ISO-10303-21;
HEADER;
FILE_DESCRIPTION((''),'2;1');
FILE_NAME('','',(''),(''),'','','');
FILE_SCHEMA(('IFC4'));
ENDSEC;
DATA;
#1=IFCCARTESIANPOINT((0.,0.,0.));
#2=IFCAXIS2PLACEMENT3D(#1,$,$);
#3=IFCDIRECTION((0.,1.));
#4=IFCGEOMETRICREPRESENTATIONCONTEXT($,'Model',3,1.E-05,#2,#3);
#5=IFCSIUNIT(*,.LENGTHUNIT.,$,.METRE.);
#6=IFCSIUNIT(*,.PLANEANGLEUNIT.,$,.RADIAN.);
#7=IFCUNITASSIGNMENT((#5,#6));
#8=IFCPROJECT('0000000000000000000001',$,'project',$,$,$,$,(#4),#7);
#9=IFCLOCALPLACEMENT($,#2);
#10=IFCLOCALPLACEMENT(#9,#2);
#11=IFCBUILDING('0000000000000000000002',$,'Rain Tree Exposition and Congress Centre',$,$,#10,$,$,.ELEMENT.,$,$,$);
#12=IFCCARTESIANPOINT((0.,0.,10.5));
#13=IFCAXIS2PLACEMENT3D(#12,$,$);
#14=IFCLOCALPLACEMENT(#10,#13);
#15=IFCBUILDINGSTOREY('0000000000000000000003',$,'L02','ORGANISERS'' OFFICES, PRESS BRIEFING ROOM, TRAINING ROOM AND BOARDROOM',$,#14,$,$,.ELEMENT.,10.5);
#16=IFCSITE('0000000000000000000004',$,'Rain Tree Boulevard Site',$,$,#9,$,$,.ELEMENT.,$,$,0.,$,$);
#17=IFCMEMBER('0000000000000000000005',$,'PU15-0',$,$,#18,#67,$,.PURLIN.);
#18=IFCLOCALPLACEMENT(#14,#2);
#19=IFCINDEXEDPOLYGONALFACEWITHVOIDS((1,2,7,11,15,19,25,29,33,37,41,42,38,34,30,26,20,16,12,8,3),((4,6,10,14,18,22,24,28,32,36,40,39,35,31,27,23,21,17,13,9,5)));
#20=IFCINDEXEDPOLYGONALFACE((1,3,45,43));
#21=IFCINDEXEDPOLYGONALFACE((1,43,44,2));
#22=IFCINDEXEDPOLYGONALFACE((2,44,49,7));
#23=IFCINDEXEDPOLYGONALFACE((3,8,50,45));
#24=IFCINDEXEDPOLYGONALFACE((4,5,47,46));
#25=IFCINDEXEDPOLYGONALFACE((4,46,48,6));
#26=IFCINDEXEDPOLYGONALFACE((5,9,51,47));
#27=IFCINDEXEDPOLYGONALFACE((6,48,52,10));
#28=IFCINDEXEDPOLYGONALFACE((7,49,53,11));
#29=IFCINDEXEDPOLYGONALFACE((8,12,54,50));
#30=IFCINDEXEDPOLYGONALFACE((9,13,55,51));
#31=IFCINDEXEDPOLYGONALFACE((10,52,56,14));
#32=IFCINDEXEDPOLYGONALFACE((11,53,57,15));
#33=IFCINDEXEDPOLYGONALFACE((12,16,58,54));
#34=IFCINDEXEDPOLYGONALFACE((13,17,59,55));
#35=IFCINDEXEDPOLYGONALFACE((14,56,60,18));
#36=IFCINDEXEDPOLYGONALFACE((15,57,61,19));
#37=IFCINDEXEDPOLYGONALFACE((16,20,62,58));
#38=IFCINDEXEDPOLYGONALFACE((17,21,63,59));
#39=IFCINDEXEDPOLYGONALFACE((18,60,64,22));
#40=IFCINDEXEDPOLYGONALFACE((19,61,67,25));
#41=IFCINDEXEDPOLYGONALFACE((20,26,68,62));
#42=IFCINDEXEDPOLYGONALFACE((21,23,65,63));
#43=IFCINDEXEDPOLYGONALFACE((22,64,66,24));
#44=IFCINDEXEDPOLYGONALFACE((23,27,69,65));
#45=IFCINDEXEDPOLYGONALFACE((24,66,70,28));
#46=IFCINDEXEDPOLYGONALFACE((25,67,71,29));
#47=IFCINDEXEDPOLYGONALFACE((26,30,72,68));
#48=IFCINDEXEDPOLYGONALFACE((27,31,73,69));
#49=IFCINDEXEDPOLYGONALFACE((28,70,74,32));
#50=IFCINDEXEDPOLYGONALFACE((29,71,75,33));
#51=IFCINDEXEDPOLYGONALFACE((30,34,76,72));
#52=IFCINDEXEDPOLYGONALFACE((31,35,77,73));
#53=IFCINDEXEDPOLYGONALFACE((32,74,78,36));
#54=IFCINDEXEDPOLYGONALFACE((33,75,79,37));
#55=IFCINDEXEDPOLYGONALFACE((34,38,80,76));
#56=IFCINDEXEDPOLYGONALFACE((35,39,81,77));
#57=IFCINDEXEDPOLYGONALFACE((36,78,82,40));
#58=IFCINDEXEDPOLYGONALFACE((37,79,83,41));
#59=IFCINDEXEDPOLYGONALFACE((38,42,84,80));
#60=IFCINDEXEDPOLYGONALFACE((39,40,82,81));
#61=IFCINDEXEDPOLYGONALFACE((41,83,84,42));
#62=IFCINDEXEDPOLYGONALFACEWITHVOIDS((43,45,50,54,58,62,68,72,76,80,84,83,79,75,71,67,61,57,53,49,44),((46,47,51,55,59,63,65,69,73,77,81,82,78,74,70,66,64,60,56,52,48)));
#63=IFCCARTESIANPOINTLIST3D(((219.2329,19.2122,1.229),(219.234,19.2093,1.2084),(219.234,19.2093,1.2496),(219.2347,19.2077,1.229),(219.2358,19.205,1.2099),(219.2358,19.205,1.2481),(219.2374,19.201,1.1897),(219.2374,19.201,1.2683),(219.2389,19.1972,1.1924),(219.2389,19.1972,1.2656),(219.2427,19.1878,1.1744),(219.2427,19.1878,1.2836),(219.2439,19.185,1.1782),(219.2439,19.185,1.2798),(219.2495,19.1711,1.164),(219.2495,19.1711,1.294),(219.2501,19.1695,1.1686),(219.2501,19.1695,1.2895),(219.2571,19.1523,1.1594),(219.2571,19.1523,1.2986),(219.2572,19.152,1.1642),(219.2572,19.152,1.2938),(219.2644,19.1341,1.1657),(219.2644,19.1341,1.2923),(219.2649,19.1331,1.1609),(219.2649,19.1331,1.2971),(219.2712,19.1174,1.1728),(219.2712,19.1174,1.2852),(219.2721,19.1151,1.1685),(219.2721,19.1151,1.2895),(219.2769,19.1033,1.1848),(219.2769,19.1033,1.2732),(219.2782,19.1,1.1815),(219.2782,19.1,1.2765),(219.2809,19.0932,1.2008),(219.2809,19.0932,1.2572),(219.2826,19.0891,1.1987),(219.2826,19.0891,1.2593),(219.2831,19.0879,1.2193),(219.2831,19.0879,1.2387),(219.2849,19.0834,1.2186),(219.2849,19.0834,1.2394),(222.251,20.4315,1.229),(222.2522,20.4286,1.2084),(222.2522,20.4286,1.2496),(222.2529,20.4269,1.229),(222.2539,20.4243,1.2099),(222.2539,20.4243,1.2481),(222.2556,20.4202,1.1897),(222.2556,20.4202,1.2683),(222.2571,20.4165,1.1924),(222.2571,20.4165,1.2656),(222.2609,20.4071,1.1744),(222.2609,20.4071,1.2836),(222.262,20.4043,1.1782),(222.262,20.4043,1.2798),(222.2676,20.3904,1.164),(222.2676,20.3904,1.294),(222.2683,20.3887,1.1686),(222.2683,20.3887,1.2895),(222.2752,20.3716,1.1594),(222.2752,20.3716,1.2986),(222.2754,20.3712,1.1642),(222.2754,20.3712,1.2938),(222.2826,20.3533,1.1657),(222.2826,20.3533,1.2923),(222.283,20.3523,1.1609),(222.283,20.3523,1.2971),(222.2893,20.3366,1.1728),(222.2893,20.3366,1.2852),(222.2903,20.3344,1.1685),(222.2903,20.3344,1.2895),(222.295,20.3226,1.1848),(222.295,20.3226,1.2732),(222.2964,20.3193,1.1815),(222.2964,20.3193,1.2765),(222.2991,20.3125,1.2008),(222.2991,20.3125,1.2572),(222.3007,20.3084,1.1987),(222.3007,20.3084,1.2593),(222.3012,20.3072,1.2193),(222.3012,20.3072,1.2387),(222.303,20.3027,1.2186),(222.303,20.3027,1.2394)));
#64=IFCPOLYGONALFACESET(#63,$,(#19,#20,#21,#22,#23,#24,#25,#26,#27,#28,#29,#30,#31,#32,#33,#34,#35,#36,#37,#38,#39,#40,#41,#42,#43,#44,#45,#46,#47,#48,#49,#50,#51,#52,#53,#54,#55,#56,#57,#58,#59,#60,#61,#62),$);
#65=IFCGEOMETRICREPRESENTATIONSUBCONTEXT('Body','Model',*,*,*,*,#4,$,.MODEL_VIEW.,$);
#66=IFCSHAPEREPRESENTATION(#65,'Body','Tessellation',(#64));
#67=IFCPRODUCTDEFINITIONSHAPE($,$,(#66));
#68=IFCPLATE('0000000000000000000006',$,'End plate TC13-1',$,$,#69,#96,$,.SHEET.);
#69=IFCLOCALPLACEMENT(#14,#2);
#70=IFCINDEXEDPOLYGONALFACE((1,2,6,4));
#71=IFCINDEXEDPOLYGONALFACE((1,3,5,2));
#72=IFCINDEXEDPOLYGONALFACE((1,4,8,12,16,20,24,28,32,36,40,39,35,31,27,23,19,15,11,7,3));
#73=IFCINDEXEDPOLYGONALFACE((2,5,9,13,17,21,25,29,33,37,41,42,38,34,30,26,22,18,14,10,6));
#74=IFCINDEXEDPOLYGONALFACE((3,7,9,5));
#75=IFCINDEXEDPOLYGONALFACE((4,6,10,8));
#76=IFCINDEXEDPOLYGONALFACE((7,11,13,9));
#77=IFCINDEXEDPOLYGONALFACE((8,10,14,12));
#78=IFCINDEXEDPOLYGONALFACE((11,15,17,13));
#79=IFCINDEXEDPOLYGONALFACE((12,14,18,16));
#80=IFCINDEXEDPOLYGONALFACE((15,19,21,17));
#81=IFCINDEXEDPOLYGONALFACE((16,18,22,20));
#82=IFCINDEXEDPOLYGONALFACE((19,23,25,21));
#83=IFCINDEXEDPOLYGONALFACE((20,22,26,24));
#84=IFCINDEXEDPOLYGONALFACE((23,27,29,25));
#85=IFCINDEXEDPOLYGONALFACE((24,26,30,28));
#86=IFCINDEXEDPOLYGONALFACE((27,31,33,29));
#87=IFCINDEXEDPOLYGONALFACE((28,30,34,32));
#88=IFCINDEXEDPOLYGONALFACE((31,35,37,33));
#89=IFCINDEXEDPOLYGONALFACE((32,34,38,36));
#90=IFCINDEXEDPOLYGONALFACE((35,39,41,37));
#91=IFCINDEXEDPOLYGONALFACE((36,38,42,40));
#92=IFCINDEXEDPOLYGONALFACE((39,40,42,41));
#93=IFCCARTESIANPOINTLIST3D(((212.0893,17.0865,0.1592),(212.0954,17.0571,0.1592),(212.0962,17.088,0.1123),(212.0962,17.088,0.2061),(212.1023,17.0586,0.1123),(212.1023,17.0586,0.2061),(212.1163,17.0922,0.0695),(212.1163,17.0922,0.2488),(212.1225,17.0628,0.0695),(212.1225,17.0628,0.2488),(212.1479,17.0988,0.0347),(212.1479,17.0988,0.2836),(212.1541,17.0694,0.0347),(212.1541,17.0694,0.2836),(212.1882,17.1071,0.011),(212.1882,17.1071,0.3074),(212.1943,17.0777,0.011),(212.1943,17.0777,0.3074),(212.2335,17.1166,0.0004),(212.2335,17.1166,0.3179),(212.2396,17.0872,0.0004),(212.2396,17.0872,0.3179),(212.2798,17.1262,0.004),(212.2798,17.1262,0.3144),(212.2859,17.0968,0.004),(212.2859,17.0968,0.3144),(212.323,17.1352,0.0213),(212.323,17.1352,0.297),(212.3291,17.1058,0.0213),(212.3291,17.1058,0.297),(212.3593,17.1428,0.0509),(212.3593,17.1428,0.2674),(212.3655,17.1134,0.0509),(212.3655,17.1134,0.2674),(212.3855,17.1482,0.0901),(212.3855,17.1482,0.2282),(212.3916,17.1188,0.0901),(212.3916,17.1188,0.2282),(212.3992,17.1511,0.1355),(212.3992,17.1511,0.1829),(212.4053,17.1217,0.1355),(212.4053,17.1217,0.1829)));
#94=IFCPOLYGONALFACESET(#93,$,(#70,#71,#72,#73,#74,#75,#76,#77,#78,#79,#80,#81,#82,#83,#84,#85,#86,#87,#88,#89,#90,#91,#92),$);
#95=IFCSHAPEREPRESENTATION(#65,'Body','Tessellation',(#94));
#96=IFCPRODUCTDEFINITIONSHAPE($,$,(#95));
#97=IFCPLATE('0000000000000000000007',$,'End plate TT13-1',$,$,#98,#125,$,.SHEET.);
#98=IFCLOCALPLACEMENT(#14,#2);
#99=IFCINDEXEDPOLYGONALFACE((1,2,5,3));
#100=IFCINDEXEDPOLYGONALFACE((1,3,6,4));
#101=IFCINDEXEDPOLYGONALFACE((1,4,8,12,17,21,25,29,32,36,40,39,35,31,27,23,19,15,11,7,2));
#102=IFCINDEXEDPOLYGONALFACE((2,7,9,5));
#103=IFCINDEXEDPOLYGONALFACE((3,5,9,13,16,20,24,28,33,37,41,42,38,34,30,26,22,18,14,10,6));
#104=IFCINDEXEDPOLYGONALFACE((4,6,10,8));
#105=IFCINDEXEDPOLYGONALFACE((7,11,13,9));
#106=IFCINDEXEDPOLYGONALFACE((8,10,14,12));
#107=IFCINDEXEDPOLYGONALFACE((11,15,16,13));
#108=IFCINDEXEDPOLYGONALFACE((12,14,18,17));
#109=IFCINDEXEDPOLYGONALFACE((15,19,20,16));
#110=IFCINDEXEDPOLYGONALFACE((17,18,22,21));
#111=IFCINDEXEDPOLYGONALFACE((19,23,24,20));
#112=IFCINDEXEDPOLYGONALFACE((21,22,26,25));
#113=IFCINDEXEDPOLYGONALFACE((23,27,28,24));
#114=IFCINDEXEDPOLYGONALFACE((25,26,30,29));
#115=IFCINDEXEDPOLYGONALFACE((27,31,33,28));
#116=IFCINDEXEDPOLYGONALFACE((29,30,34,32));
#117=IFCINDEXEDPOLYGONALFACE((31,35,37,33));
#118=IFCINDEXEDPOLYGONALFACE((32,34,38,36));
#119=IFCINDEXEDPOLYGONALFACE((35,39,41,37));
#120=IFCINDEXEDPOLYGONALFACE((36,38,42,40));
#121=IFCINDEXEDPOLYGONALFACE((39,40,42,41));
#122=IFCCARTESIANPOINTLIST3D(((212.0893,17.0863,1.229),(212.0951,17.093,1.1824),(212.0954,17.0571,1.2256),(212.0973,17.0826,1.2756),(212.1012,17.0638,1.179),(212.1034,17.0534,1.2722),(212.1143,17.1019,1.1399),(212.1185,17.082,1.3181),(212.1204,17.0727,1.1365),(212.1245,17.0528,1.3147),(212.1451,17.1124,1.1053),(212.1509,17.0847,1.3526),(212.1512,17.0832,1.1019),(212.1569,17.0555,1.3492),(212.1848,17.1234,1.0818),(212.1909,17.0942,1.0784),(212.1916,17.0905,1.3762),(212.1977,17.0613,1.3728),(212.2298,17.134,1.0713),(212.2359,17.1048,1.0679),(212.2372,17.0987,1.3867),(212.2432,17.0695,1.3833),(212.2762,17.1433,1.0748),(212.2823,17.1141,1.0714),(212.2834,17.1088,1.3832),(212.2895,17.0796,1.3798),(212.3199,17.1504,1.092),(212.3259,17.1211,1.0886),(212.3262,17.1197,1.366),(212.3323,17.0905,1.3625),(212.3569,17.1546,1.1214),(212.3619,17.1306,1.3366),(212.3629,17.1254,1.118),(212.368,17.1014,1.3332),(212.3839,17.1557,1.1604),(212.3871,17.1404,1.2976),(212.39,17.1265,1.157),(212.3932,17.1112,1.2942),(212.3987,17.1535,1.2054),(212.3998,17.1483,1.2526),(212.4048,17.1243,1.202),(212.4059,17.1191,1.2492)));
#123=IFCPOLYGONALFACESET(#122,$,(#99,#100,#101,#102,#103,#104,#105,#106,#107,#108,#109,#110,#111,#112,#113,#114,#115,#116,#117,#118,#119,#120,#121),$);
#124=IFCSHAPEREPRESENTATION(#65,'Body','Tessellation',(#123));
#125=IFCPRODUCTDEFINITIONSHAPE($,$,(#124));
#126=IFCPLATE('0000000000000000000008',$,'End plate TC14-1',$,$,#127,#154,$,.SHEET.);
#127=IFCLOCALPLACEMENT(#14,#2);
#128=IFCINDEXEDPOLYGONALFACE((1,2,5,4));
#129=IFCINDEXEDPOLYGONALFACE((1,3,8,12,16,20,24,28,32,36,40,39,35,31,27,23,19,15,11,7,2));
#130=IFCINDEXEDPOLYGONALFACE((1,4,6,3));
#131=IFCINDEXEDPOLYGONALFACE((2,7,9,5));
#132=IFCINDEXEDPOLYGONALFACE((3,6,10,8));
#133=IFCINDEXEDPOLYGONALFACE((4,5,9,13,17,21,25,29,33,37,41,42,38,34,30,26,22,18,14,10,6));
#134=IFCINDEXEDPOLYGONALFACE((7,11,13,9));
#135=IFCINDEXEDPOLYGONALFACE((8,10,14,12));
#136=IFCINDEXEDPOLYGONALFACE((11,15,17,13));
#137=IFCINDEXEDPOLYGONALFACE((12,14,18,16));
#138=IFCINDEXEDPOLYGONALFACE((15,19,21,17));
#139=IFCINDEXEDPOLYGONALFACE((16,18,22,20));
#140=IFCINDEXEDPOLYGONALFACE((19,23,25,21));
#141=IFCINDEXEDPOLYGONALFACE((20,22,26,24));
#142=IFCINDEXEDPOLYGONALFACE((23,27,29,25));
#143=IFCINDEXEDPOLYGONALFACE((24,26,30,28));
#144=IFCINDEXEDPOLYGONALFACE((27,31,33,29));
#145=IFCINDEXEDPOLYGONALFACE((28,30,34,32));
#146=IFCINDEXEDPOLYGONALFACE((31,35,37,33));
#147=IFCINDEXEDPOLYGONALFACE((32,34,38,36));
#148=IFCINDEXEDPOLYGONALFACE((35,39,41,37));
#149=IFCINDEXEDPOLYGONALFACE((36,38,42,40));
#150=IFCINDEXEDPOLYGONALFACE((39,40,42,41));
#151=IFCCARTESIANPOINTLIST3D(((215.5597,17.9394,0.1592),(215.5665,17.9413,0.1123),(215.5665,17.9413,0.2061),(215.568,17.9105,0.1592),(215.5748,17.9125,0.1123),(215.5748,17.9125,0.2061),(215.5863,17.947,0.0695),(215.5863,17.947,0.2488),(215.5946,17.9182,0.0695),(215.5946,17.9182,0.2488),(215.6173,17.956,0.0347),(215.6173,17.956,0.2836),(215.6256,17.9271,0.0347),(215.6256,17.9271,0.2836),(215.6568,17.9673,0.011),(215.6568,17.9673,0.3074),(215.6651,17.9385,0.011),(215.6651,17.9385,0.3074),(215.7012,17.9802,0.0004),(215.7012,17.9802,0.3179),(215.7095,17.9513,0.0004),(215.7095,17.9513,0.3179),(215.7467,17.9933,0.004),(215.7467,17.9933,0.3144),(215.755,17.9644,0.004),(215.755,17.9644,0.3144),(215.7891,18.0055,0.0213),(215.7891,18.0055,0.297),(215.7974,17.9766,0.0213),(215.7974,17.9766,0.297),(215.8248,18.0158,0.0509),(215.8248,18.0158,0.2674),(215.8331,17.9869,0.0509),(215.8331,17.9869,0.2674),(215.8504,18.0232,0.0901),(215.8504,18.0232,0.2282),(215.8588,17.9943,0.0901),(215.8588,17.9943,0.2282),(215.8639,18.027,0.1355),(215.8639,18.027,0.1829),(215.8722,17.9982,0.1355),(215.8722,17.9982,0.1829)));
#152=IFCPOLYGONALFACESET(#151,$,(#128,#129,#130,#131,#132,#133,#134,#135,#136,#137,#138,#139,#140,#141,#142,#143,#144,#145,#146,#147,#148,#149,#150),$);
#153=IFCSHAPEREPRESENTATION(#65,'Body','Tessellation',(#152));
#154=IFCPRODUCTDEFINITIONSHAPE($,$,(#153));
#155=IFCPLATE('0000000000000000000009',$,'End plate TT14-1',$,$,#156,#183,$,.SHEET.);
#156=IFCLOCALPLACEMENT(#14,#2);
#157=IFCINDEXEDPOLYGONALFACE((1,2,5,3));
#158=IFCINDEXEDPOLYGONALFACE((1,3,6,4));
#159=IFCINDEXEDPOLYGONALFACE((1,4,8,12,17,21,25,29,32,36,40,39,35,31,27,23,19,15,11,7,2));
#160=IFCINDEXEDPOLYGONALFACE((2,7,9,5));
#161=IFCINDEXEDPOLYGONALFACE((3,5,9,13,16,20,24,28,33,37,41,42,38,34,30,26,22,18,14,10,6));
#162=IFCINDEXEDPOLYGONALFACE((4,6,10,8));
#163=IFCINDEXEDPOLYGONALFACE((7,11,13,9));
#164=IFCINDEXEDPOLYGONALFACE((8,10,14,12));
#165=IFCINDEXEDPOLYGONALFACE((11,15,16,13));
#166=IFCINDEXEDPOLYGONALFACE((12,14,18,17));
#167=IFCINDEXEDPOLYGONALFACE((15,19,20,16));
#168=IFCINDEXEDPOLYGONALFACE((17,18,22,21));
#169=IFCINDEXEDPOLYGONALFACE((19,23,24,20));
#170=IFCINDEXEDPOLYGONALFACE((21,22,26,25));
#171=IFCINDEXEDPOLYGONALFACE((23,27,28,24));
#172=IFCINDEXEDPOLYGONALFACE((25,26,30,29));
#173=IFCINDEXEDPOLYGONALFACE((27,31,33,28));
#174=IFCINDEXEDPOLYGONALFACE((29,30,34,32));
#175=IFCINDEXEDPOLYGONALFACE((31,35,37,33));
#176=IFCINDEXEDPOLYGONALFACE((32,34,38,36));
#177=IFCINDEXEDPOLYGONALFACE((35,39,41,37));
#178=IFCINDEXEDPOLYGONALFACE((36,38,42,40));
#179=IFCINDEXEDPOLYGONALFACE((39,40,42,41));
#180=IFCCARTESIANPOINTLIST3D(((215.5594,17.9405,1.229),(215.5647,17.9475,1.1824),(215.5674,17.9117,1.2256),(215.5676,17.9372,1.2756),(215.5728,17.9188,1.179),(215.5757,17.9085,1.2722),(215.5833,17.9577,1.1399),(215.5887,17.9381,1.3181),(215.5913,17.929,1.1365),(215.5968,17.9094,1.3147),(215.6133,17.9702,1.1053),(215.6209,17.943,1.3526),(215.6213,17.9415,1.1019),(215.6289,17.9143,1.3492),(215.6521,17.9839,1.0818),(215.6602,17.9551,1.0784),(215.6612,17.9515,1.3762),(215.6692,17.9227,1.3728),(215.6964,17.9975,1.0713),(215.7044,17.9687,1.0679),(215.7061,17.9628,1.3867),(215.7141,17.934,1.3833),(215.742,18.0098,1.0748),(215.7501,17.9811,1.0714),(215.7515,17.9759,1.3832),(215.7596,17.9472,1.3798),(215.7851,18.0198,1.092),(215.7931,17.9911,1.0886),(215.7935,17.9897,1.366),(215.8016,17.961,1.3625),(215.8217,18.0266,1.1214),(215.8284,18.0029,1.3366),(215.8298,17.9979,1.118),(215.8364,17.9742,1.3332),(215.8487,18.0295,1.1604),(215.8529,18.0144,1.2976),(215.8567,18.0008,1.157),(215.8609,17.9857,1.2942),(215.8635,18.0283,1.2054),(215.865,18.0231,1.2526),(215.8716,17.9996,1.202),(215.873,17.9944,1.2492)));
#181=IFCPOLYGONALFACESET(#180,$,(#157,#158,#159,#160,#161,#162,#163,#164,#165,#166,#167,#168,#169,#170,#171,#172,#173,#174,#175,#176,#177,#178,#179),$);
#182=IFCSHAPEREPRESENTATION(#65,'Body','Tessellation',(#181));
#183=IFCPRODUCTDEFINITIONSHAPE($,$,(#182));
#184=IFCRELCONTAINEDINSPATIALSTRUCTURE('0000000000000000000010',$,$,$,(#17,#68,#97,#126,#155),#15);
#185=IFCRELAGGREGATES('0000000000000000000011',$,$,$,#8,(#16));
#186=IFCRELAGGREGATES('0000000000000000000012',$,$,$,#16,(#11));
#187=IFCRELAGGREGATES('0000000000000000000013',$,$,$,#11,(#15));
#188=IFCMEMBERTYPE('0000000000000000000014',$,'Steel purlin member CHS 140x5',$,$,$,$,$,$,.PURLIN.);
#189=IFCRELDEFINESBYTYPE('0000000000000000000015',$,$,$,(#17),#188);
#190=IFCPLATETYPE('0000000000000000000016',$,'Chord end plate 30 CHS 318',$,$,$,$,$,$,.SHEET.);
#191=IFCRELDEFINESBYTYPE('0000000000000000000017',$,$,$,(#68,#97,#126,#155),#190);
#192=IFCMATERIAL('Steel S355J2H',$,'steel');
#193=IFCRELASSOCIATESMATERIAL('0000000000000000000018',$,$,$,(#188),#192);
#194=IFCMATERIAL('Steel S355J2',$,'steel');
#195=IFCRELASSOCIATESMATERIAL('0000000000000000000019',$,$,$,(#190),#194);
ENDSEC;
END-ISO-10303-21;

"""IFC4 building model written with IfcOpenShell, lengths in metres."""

from ifc_helpers import new_model, si_unit, direction, frame, origin, origin_2d, place, context, subcontext, project, spatial, circle, hollow_circle, extrude, material, material_profile, profile_set, type_object, element, save


model = new_model("IFC4")

# Units and contexts
model_context = context("Model", 3, precision=1e-05, world=origin(), true_north=direction((0.0, 1.0)))
body_context = subcontext(model_context, "Body", "Model", "MODEL_VIEW")
ifc_project = project(units=[si_unit("LENGTHUNIT", "METRE"), si_unit("PLANEANGLEUNIT", "RADIAN")], contexts=[model_context])

# Site, building, storey
site_placement = place(None, origin())
site = spatial("IfcSite", under=ifc_project, at=site_placement, Name="Rain Tree Boulevard Site", CompositionType="ELEMENT", RefElevation=0.0)
building_placement = place(site_placement, origin())
building = spatial("IfcBuilding", under=site, at=building_placement, Name="Rain Tree Exposition and Congress Centre", CompositionType="ELEMENT")
storey_placement = place(building_placement, frame((0.0, 0.0, 10.5)))
storey = spatial("IfcBuildingStorey", under=building, at=storey_placement, Name="L02", Description="ORGANISERS' OFFICES, PRESS BRIEFING ROOM, TRAINING ROOM AND BOARDROOM", CompositionType="ELEMENT", Elevation=10.5)

# Member
ifc_material_1 = material(Name="Steel S355J2H", Category="steel")
ifc_material_profile_1 = material_profile(ifc_material_1, hollow_circle(Radius=0.0698, WallThickness=0.0049, at=origin_2d()), Name="CHS 140x5")
ifc_profile_set_1 = profile_set([ifc_material_profile_1], Name="Steel S355J2H")
member_type_1 = type_object("IfcMemberType", Name="Steel purlin member CHS 140x5", PredefinedType="PURLIN", material=ifc_profile_set_1)
for number, where, z_axis, x_axis, name in (
    (1, (219.259, 19.1475, 1.229), (0.927199, 0.37457, 0.0), (-0.37457, 0.927199, 0.0), "PU15-0"),
):
    element("IfcMember", number, at=place(storey_placement, frame(where, z_axis=z_axis, x_axis=x_axis)), inside=storey, type_object=member_type_1, Name=name, PredefinedType="PURLIN", context=body_context, shape_type="SweptSolid", body=[
        extrude(hollow_circle(Radius=0.0698, WallThickness=0.0049, at=origin_2d()), origin(), (0.0, 0.0, 1.0), 3.2551),
    ])

# Plates
ifc_material_2 = material(Name="Steel S355J2", Category="steel")
ifc_material_profile_2 = material_profile(ifc_material_2, circle(Radius=0.1592, at=origin_2d()), Name="CIRCLE 318")
ifc_profile_set_2 = profile_set([ifc_material_profile_2], Name="Steel S355J2")
plate_type = type_object("IfcPlateType", Name="Chord end plate 30 CHS 318", PredefinedType="SHEET", material=ifc_profile_set_2)
for number, where, z_axis, x_axis, name in (
    (2, (212.2512, 17.0896, 0.1592), (-0.203954, 0.97898, 0.0), (-0.97898, -0.203954, 0.0), "End plate TC13-1"),
    (3, (212.2512, 17.0896, 1.2256), (-0.202637, 0.972657, 0.113477), (-0.97898, -0.203954, 0.0), "End plate TT13-1"),
    (4, (215.7209, 17.9546, 0.1592), (-0.276871, 0.960907, 0.0), (-0.960907, -0.276871, 0.0), "End plate TC14-1"),
    (5, (215.7207, 17.9546, 1.2256), (-0.267586, 0.956823, 0.113521), (-0.963049, -0.269327, 0.0), "End plate TT14-1"),
):
    element("IfcPlate", number, at=place(storey_placement, frame(where, z_axis=z_axis, x_axis=x_axis)), inside=storey, type_object=plate_type, Name=name, PredefinedType="SHEET", context=body_context, shape_type="SweptSolid", body=[
        extrude(circle(Radius=0.1592, at=origin_2d()), origin(), (0.0, 0.0, 1.0), 0.03),
    ])

save(model, "model.ifc")
